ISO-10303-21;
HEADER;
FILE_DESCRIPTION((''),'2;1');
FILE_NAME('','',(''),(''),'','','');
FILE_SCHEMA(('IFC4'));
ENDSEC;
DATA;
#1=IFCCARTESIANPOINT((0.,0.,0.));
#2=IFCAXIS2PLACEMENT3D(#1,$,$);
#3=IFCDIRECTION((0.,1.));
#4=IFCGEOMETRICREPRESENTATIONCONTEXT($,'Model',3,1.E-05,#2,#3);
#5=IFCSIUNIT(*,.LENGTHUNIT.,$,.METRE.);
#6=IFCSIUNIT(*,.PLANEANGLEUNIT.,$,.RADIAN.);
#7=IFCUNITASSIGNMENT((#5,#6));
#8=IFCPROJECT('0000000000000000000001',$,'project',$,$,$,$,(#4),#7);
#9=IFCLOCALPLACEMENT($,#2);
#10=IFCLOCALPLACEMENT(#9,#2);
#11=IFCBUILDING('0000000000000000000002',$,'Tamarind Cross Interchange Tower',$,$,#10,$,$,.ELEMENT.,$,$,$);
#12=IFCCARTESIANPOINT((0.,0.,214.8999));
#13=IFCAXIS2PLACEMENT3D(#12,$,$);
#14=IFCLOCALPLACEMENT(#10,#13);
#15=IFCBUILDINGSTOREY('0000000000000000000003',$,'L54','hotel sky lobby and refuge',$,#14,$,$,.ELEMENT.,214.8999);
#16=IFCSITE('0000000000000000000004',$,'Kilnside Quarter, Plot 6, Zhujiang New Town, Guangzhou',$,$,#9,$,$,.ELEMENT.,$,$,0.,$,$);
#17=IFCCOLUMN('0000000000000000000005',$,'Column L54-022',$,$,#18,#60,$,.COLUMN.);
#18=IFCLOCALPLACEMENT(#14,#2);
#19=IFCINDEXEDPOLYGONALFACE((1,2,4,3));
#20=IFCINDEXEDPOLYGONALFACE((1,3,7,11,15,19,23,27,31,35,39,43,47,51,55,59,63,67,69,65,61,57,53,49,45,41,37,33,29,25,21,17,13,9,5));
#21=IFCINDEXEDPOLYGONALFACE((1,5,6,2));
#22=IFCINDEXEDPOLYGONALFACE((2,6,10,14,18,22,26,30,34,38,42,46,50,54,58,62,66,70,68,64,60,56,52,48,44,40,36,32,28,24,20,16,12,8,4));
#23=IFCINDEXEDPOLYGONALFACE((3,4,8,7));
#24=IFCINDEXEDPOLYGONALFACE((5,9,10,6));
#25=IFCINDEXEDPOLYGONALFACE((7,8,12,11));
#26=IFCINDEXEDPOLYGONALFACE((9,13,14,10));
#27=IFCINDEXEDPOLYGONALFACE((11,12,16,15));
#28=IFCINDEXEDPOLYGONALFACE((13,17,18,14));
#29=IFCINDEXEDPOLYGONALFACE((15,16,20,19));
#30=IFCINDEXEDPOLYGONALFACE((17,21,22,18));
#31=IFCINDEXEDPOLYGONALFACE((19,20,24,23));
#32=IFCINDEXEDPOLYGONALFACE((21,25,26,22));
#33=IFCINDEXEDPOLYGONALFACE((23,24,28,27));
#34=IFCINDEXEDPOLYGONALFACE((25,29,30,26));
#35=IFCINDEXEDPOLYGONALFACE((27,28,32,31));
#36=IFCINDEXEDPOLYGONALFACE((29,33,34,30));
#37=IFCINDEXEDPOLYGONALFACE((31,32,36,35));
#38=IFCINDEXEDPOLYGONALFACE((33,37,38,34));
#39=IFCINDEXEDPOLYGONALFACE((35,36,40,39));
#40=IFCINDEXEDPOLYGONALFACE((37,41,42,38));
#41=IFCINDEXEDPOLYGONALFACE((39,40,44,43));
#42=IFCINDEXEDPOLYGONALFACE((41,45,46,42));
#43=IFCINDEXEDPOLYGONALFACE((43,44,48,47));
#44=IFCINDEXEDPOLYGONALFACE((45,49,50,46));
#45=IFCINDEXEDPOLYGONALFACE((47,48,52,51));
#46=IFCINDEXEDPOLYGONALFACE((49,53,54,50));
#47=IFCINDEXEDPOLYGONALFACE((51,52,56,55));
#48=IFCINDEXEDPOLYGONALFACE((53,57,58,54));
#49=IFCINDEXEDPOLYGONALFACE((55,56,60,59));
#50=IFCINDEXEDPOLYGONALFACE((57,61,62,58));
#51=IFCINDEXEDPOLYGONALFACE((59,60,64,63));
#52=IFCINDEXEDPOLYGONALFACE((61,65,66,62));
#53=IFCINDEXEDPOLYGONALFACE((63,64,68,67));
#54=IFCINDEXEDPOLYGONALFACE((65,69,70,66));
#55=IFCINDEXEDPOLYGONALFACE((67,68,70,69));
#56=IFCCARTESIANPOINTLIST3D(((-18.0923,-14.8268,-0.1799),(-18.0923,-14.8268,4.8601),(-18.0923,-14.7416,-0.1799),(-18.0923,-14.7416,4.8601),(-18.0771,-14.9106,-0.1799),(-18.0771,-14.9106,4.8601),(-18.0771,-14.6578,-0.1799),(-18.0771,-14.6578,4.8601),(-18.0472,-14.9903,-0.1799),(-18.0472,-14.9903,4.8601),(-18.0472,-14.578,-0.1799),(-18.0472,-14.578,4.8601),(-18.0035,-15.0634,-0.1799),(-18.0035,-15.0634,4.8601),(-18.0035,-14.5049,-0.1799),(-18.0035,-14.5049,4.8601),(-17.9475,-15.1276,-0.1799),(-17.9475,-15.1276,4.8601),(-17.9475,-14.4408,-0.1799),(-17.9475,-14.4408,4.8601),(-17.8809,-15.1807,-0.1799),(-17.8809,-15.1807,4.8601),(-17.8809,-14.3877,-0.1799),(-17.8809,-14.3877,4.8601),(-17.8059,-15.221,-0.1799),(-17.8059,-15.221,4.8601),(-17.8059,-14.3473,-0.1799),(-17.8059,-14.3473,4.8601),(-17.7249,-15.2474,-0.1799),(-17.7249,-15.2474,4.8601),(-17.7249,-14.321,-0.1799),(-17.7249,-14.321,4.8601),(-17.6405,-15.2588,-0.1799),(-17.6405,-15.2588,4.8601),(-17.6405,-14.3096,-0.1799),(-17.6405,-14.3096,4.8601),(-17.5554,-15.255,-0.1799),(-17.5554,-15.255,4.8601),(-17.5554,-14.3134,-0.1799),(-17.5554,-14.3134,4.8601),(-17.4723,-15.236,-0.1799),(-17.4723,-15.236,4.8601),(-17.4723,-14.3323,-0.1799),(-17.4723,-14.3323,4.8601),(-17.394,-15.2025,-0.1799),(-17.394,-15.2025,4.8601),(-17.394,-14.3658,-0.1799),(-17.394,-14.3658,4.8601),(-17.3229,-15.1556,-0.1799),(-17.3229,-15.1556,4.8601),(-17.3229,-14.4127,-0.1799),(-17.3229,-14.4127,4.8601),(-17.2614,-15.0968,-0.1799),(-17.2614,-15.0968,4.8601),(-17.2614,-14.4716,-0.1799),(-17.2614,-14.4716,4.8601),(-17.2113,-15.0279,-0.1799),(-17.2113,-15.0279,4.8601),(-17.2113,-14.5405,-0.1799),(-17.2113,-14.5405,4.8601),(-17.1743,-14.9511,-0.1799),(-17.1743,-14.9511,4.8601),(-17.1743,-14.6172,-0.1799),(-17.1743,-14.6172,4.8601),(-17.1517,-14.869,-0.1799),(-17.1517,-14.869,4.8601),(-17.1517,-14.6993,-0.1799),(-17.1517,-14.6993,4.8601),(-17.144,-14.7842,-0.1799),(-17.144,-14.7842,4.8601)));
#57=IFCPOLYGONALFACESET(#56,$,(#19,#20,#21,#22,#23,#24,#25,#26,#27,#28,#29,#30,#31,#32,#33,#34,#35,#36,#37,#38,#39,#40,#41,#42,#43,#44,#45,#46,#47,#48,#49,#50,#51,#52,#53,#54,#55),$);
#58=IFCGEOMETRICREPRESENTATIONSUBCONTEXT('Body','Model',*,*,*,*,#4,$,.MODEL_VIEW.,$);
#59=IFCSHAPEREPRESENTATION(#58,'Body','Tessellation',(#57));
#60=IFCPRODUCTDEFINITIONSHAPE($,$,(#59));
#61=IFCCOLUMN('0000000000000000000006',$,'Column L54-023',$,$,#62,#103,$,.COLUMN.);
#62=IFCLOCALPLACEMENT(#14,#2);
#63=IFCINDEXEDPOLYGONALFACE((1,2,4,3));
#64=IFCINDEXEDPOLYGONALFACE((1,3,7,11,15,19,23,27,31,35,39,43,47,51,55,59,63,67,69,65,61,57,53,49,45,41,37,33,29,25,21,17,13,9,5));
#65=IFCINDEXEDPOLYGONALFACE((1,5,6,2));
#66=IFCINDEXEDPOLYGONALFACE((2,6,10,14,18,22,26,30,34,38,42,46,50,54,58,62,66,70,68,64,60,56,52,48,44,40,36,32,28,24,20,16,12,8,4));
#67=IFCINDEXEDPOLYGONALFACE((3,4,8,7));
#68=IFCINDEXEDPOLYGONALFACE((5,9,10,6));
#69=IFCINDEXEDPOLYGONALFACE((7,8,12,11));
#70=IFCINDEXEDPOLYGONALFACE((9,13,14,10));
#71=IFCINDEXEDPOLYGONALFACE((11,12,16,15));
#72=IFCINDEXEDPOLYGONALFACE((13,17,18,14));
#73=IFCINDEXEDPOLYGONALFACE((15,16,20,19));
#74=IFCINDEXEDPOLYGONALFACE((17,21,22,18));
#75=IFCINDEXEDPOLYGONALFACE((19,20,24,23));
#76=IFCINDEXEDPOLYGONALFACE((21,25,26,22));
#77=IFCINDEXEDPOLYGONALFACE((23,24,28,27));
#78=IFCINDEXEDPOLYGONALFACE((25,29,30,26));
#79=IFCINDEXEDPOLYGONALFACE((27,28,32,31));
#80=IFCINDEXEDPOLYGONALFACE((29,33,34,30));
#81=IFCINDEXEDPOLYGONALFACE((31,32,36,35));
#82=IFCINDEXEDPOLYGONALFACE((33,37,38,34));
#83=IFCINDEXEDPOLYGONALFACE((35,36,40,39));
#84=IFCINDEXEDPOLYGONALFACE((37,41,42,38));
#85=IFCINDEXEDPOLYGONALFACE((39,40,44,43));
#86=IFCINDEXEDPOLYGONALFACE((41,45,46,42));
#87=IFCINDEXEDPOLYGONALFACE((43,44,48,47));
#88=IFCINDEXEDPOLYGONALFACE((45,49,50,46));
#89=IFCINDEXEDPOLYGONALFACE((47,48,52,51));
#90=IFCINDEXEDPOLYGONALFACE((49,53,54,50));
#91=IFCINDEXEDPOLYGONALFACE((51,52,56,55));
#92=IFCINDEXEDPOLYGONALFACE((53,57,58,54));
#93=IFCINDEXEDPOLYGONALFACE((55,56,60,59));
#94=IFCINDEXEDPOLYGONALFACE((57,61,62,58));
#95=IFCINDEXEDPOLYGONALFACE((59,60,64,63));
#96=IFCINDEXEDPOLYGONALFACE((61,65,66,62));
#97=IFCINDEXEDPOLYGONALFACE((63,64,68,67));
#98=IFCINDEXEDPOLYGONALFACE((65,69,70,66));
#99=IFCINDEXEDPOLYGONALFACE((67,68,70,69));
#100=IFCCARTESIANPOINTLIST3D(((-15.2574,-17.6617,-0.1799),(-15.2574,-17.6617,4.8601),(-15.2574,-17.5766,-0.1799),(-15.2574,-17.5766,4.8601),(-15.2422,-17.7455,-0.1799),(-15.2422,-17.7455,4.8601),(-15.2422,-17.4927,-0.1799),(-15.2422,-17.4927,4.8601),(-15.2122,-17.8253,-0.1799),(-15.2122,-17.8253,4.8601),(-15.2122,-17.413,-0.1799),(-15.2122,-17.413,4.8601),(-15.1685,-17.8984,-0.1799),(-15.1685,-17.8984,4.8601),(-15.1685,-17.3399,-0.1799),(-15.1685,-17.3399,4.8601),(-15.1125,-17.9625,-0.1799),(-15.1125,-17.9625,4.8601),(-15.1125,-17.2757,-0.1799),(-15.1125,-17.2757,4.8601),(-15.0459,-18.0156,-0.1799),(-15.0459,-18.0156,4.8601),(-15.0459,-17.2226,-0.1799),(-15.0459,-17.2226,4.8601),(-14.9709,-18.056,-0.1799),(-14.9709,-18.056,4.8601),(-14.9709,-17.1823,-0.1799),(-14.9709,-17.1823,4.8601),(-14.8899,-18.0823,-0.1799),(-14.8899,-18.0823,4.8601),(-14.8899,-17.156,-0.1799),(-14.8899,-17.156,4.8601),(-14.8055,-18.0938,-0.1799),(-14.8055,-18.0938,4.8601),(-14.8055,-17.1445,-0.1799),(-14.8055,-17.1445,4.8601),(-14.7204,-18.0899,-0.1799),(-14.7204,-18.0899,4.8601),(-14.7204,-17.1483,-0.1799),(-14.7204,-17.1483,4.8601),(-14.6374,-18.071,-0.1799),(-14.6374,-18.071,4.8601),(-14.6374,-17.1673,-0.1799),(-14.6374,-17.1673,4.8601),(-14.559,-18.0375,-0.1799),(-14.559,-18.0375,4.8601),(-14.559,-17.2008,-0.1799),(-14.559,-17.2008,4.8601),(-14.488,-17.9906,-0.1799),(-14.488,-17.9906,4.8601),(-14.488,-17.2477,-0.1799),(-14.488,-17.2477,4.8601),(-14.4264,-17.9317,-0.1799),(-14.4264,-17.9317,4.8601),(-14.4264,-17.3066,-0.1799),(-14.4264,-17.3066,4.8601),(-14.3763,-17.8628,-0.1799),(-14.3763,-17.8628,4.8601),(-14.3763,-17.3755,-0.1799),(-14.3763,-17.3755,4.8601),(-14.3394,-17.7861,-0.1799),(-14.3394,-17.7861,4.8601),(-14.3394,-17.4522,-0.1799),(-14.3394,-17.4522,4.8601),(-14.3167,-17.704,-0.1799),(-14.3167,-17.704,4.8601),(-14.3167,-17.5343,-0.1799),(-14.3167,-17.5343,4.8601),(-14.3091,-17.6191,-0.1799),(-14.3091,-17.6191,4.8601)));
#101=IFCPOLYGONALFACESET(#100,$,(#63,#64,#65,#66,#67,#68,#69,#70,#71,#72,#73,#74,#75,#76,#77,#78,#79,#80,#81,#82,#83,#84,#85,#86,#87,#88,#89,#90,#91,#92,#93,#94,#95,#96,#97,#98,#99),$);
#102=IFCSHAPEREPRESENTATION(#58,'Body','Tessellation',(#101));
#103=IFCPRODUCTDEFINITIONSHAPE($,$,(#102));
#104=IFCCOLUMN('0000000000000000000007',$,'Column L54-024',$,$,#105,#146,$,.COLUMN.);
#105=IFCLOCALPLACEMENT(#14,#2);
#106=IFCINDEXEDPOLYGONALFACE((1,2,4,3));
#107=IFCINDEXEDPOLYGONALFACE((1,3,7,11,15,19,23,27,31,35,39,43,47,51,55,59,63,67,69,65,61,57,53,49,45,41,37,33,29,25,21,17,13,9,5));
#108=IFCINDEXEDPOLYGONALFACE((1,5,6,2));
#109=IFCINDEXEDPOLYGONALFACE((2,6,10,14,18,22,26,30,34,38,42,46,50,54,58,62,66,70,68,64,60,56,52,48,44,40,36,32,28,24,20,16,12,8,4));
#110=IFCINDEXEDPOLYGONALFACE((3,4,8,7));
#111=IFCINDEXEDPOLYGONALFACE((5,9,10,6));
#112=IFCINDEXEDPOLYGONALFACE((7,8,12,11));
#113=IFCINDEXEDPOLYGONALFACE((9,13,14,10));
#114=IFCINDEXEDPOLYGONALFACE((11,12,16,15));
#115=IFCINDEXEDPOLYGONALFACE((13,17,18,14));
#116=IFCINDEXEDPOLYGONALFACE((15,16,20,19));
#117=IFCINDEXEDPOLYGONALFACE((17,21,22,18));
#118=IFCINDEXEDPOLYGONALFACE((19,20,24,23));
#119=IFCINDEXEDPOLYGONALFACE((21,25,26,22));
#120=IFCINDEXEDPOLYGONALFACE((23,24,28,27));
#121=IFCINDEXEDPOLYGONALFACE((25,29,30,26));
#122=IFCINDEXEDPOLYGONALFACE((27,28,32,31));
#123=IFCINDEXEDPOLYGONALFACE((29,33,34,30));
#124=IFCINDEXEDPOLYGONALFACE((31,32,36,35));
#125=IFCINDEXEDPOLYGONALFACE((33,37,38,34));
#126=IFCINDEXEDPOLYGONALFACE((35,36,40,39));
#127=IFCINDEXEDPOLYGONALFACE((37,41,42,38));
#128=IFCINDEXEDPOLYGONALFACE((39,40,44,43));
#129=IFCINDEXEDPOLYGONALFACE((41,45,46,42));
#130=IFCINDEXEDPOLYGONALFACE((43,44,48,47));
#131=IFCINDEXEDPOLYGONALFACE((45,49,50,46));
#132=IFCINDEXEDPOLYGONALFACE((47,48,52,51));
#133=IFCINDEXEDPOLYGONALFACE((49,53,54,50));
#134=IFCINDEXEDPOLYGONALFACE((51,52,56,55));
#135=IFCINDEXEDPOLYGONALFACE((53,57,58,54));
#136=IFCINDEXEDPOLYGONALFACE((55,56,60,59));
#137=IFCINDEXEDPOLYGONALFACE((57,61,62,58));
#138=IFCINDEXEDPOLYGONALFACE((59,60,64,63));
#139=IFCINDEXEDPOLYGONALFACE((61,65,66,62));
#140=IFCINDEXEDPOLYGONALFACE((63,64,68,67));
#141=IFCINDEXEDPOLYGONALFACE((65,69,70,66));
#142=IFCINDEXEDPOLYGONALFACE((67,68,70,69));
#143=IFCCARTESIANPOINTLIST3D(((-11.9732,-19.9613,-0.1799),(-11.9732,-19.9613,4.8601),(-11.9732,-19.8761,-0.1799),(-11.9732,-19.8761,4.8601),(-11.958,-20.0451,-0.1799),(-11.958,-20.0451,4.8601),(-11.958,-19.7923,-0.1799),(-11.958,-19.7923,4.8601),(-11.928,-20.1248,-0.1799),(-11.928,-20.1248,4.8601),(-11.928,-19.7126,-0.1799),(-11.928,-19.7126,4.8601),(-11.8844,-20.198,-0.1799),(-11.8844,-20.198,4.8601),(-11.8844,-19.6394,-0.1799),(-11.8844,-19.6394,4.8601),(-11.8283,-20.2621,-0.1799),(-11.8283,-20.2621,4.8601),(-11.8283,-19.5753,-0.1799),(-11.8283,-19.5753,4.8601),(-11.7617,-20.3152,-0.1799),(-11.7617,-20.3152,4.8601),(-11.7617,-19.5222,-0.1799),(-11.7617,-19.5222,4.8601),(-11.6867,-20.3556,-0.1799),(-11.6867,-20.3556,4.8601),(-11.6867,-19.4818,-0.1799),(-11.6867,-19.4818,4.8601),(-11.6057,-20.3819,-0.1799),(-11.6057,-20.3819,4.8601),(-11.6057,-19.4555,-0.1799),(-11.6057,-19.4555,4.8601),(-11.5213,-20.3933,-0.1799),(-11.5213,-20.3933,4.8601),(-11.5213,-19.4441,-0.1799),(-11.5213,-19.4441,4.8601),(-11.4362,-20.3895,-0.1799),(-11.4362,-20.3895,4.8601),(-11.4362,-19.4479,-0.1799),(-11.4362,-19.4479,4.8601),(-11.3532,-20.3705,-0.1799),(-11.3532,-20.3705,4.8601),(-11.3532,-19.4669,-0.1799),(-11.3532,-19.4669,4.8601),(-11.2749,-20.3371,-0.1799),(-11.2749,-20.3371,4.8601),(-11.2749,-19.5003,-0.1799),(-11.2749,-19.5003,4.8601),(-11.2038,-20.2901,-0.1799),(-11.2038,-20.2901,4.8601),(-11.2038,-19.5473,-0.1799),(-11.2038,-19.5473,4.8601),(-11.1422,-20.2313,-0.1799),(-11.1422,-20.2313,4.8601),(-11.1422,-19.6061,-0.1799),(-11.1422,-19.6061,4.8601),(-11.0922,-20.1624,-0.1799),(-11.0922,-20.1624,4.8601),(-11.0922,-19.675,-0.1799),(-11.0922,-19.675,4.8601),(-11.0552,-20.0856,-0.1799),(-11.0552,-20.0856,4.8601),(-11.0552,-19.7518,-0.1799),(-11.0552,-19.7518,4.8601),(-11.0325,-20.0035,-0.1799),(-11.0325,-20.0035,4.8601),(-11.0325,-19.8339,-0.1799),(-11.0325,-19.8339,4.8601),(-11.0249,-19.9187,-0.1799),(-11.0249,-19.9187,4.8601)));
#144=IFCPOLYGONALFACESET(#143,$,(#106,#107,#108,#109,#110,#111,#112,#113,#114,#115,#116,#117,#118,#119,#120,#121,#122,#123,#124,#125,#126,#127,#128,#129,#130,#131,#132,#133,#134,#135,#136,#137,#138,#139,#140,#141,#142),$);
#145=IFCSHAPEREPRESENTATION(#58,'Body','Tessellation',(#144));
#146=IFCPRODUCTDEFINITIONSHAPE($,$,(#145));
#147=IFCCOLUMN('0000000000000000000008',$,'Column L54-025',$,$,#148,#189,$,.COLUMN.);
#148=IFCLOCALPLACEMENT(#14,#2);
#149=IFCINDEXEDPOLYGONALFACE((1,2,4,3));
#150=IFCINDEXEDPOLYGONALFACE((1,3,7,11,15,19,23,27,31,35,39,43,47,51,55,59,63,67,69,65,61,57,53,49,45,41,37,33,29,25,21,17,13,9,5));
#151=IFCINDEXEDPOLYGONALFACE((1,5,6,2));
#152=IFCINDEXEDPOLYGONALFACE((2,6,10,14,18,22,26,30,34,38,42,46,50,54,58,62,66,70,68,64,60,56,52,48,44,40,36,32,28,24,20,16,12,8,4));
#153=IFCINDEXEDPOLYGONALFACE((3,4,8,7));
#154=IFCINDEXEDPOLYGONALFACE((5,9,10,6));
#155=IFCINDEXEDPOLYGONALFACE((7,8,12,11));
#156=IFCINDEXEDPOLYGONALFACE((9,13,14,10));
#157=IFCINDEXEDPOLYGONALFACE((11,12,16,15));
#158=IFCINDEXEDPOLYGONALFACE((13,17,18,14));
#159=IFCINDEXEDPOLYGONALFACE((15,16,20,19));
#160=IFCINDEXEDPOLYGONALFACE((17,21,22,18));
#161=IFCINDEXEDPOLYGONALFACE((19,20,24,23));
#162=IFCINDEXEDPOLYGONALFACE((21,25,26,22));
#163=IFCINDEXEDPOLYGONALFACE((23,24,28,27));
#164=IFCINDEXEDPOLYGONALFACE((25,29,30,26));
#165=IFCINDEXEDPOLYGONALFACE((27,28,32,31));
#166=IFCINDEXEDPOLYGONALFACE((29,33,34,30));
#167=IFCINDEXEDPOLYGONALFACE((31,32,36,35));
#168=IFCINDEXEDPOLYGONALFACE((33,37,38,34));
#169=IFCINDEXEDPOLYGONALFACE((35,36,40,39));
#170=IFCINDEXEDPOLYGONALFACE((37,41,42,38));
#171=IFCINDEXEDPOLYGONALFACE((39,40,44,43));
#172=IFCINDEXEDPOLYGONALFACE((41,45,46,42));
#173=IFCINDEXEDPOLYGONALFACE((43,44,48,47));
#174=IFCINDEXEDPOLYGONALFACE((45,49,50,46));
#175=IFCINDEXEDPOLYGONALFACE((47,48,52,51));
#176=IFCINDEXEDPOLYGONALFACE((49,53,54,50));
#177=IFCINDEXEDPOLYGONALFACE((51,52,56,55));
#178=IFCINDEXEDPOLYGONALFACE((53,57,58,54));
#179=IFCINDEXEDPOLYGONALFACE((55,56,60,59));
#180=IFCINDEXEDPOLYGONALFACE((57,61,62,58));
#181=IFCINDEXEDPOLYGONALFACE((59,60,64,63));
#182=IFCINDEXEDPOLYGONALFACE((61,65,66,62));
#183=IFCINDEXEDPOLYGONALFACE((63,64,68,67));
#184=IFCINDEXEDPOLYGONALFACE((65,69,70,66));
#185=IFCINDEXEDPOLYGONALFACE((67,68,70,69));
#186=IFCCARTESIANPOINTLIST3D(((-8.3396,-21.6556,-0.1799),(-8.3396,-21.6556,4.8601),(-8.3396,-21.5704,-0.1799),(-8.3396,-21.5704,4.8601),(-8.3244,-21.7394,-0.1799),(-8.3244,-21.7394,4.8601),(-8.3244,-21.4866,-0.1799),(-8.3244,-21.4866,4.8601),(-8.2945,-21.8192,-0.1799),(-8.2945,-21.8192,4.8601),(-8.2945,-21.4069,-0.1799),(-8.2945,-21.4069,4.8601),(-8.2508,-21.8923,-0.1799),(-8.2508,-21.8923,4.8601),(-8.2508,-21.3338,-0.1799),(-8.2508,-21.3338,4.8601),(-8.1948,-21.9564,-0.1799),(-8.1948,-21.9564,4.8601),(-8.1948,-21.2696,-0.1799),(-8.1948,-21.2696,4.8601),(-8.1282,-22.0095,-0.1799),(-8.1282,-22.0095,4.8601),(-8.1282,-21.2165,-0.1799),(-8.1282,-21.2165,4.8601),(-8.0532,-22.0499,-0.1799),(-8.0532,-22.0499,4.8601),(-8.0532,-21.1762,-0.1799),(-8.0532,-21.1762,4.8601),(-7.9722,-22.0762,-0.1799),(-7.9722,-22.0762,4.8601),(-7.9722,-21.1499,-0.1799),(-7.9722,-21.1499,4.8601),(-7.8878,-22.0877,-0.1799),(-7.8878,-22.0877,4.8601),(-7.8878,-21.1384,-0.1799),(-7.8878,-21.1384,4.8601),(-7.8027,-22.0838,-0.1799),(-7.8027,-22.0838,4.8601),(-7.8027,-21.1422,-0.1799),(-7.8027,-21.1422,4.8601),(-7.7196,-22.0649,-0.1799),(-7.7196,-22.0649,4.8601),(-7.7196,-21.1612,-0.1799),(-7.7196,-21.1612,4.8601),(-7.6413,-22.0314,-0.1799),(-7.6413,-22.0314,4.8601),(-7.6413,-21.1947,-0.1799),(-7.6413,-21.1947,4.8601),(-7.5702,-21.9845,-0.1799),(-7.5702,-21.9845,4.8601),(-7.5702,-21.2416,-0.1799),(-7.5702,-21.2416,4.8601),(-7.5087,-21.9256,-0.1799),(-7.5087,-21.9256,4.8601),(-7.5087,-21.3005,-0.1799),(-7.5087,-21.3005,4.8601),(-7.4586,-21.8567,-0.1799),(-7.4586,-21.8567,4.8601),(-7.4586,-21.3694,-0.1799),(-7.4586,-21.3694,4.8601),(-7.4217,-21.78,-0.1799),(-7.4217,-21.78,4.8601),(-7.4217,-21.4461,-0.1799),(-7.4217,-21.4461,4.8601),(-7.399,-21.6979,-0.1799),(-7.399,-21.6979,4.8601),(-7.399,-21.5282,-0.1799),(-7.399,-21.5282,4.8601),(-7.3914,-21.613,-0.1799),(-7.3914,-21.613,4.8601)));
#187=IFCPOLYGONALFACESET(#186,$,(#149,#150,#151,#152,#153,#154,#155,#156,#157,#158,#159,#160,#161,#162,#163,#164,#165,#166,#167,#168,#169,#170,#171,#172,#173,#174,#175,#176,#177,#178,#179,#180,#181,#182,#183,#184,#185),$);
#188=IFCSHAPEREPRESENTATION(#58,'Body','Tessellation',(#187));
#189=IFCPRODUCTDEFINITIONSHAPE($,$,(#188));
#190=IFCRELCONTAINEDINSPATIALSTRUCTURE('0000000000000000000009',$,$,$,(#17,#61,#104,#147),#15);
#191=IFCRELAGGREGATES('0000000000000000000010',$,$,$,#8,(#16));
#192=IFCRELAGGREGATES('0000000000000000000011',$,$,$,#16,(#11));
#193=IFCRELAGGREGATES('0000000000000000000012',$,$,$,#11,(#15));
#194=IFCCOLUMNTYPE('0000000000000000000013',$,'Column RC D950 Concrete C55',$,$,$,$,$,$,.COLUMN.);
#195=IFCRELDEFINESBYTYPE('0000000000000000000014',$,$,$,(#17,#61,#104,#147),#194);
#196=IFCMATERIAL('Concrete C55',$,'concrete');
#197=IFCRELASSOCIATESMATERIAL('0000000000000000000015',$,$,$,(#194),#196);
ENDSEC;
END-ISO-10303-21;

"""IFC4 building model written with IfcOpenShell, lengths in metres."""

from ifc_helpers import new_model, si_unit, direction, frame, origin, origin_2d, place, context, subcontext, project, spatial, circle, extrude, material, material_profile, profile_set, type_object, element, save


model = new_model("IFC4")

# Units and contexts
model_context = context("Model", 3, precision=1e-05, world=origin(), true_north=direction((0.0, 1.0)))
body_context = subcontext(model_context, "Body", "Model", "MODEL_VIEW")
ifc_project = project(units=[si_unit("LENGTHUNIT", "METRE"), si_unit("PLANEANGLEUNIT", "RADIAN")], contexts=[model_context])

# Site, building, storey
site_placement = place(None, origin())
site = spatial("IfcSite", under=ifc_project, at=site_placement, Name="Kilnside Quarter, Plot 6, Zhujiang New Town, Guangzhou", CompositionType="ELEMENT", RefElevation=0.0)
building_placement = place(site_placement, origin())
building = spatial("IfcBuilding", under=site, at=building_placement, Name="Tamarind Cross Interchange Tower", CompositionType="ELEMENT")
storey_placement = place(building_placement, frame((0.0, 0.0, 214.8999)))
storey = spatial("IfcBuildingStorey", under=building, at=storey_placement, Name="L54", Description="hotel sky lobby and refuge", CompositionType="ELEMENT", Elevation=214.8999)

# Columns
ifc_material_1 = material(Name="Concrete C55", Category="concrete")
ifc_material_profile_1 = material_profile(ifc_material_1, circle(Radius=0.4751, at=origin_2d()), Name="RC D950")
ifc_profile_set_1 = profile_set([ifc_material_profile_1], Name="Concrete C55")
column_type = type_object("IfcColumnType", Name="Column RC D950 Concrete C55", PredefinedType="COLUMN", material=ifc_profile_set_1)
for number, where, z_axis, x_axis, name in (
    (1, (-17.6191, -14.7842, -0.1799), (0.0, 0.0, 1.0), (1.0, 0.0, 0.0), "Column L54-022"),
    (2, (-14.7842, -17.6191, -0.1799), (0.0, 0.0, 1.0), (1.0, 0.0, 0.0), "Column L54-023"),
    (3, (-11.5, -19.9187, -0.1799), (0.0, 0.0, 1.0), (1.0, 0.0, 0.0), "Column L54-024"),
    (4, (-7.8665, -21.613, -0.1799), (0.0, 0.0, 1.0), (1.0, 0.0, 0.0), "Column L54-025"),
):
    element("IfcColumn", number, at=place(storey_placement, frame(where, z_axis=z_axis, x_axis=x_axis)), inside=storey, type_object=column_type, Name=name, PredefinedType="COLUMN", context=body_context, shape_type="SweptSolid", body=[
        extrude(circle(Radius=0.4751, at=origin_2d()), origin(), (0.0, 0.0, 1.0), 5.04),
    ])

save(model, "model.ifc")
